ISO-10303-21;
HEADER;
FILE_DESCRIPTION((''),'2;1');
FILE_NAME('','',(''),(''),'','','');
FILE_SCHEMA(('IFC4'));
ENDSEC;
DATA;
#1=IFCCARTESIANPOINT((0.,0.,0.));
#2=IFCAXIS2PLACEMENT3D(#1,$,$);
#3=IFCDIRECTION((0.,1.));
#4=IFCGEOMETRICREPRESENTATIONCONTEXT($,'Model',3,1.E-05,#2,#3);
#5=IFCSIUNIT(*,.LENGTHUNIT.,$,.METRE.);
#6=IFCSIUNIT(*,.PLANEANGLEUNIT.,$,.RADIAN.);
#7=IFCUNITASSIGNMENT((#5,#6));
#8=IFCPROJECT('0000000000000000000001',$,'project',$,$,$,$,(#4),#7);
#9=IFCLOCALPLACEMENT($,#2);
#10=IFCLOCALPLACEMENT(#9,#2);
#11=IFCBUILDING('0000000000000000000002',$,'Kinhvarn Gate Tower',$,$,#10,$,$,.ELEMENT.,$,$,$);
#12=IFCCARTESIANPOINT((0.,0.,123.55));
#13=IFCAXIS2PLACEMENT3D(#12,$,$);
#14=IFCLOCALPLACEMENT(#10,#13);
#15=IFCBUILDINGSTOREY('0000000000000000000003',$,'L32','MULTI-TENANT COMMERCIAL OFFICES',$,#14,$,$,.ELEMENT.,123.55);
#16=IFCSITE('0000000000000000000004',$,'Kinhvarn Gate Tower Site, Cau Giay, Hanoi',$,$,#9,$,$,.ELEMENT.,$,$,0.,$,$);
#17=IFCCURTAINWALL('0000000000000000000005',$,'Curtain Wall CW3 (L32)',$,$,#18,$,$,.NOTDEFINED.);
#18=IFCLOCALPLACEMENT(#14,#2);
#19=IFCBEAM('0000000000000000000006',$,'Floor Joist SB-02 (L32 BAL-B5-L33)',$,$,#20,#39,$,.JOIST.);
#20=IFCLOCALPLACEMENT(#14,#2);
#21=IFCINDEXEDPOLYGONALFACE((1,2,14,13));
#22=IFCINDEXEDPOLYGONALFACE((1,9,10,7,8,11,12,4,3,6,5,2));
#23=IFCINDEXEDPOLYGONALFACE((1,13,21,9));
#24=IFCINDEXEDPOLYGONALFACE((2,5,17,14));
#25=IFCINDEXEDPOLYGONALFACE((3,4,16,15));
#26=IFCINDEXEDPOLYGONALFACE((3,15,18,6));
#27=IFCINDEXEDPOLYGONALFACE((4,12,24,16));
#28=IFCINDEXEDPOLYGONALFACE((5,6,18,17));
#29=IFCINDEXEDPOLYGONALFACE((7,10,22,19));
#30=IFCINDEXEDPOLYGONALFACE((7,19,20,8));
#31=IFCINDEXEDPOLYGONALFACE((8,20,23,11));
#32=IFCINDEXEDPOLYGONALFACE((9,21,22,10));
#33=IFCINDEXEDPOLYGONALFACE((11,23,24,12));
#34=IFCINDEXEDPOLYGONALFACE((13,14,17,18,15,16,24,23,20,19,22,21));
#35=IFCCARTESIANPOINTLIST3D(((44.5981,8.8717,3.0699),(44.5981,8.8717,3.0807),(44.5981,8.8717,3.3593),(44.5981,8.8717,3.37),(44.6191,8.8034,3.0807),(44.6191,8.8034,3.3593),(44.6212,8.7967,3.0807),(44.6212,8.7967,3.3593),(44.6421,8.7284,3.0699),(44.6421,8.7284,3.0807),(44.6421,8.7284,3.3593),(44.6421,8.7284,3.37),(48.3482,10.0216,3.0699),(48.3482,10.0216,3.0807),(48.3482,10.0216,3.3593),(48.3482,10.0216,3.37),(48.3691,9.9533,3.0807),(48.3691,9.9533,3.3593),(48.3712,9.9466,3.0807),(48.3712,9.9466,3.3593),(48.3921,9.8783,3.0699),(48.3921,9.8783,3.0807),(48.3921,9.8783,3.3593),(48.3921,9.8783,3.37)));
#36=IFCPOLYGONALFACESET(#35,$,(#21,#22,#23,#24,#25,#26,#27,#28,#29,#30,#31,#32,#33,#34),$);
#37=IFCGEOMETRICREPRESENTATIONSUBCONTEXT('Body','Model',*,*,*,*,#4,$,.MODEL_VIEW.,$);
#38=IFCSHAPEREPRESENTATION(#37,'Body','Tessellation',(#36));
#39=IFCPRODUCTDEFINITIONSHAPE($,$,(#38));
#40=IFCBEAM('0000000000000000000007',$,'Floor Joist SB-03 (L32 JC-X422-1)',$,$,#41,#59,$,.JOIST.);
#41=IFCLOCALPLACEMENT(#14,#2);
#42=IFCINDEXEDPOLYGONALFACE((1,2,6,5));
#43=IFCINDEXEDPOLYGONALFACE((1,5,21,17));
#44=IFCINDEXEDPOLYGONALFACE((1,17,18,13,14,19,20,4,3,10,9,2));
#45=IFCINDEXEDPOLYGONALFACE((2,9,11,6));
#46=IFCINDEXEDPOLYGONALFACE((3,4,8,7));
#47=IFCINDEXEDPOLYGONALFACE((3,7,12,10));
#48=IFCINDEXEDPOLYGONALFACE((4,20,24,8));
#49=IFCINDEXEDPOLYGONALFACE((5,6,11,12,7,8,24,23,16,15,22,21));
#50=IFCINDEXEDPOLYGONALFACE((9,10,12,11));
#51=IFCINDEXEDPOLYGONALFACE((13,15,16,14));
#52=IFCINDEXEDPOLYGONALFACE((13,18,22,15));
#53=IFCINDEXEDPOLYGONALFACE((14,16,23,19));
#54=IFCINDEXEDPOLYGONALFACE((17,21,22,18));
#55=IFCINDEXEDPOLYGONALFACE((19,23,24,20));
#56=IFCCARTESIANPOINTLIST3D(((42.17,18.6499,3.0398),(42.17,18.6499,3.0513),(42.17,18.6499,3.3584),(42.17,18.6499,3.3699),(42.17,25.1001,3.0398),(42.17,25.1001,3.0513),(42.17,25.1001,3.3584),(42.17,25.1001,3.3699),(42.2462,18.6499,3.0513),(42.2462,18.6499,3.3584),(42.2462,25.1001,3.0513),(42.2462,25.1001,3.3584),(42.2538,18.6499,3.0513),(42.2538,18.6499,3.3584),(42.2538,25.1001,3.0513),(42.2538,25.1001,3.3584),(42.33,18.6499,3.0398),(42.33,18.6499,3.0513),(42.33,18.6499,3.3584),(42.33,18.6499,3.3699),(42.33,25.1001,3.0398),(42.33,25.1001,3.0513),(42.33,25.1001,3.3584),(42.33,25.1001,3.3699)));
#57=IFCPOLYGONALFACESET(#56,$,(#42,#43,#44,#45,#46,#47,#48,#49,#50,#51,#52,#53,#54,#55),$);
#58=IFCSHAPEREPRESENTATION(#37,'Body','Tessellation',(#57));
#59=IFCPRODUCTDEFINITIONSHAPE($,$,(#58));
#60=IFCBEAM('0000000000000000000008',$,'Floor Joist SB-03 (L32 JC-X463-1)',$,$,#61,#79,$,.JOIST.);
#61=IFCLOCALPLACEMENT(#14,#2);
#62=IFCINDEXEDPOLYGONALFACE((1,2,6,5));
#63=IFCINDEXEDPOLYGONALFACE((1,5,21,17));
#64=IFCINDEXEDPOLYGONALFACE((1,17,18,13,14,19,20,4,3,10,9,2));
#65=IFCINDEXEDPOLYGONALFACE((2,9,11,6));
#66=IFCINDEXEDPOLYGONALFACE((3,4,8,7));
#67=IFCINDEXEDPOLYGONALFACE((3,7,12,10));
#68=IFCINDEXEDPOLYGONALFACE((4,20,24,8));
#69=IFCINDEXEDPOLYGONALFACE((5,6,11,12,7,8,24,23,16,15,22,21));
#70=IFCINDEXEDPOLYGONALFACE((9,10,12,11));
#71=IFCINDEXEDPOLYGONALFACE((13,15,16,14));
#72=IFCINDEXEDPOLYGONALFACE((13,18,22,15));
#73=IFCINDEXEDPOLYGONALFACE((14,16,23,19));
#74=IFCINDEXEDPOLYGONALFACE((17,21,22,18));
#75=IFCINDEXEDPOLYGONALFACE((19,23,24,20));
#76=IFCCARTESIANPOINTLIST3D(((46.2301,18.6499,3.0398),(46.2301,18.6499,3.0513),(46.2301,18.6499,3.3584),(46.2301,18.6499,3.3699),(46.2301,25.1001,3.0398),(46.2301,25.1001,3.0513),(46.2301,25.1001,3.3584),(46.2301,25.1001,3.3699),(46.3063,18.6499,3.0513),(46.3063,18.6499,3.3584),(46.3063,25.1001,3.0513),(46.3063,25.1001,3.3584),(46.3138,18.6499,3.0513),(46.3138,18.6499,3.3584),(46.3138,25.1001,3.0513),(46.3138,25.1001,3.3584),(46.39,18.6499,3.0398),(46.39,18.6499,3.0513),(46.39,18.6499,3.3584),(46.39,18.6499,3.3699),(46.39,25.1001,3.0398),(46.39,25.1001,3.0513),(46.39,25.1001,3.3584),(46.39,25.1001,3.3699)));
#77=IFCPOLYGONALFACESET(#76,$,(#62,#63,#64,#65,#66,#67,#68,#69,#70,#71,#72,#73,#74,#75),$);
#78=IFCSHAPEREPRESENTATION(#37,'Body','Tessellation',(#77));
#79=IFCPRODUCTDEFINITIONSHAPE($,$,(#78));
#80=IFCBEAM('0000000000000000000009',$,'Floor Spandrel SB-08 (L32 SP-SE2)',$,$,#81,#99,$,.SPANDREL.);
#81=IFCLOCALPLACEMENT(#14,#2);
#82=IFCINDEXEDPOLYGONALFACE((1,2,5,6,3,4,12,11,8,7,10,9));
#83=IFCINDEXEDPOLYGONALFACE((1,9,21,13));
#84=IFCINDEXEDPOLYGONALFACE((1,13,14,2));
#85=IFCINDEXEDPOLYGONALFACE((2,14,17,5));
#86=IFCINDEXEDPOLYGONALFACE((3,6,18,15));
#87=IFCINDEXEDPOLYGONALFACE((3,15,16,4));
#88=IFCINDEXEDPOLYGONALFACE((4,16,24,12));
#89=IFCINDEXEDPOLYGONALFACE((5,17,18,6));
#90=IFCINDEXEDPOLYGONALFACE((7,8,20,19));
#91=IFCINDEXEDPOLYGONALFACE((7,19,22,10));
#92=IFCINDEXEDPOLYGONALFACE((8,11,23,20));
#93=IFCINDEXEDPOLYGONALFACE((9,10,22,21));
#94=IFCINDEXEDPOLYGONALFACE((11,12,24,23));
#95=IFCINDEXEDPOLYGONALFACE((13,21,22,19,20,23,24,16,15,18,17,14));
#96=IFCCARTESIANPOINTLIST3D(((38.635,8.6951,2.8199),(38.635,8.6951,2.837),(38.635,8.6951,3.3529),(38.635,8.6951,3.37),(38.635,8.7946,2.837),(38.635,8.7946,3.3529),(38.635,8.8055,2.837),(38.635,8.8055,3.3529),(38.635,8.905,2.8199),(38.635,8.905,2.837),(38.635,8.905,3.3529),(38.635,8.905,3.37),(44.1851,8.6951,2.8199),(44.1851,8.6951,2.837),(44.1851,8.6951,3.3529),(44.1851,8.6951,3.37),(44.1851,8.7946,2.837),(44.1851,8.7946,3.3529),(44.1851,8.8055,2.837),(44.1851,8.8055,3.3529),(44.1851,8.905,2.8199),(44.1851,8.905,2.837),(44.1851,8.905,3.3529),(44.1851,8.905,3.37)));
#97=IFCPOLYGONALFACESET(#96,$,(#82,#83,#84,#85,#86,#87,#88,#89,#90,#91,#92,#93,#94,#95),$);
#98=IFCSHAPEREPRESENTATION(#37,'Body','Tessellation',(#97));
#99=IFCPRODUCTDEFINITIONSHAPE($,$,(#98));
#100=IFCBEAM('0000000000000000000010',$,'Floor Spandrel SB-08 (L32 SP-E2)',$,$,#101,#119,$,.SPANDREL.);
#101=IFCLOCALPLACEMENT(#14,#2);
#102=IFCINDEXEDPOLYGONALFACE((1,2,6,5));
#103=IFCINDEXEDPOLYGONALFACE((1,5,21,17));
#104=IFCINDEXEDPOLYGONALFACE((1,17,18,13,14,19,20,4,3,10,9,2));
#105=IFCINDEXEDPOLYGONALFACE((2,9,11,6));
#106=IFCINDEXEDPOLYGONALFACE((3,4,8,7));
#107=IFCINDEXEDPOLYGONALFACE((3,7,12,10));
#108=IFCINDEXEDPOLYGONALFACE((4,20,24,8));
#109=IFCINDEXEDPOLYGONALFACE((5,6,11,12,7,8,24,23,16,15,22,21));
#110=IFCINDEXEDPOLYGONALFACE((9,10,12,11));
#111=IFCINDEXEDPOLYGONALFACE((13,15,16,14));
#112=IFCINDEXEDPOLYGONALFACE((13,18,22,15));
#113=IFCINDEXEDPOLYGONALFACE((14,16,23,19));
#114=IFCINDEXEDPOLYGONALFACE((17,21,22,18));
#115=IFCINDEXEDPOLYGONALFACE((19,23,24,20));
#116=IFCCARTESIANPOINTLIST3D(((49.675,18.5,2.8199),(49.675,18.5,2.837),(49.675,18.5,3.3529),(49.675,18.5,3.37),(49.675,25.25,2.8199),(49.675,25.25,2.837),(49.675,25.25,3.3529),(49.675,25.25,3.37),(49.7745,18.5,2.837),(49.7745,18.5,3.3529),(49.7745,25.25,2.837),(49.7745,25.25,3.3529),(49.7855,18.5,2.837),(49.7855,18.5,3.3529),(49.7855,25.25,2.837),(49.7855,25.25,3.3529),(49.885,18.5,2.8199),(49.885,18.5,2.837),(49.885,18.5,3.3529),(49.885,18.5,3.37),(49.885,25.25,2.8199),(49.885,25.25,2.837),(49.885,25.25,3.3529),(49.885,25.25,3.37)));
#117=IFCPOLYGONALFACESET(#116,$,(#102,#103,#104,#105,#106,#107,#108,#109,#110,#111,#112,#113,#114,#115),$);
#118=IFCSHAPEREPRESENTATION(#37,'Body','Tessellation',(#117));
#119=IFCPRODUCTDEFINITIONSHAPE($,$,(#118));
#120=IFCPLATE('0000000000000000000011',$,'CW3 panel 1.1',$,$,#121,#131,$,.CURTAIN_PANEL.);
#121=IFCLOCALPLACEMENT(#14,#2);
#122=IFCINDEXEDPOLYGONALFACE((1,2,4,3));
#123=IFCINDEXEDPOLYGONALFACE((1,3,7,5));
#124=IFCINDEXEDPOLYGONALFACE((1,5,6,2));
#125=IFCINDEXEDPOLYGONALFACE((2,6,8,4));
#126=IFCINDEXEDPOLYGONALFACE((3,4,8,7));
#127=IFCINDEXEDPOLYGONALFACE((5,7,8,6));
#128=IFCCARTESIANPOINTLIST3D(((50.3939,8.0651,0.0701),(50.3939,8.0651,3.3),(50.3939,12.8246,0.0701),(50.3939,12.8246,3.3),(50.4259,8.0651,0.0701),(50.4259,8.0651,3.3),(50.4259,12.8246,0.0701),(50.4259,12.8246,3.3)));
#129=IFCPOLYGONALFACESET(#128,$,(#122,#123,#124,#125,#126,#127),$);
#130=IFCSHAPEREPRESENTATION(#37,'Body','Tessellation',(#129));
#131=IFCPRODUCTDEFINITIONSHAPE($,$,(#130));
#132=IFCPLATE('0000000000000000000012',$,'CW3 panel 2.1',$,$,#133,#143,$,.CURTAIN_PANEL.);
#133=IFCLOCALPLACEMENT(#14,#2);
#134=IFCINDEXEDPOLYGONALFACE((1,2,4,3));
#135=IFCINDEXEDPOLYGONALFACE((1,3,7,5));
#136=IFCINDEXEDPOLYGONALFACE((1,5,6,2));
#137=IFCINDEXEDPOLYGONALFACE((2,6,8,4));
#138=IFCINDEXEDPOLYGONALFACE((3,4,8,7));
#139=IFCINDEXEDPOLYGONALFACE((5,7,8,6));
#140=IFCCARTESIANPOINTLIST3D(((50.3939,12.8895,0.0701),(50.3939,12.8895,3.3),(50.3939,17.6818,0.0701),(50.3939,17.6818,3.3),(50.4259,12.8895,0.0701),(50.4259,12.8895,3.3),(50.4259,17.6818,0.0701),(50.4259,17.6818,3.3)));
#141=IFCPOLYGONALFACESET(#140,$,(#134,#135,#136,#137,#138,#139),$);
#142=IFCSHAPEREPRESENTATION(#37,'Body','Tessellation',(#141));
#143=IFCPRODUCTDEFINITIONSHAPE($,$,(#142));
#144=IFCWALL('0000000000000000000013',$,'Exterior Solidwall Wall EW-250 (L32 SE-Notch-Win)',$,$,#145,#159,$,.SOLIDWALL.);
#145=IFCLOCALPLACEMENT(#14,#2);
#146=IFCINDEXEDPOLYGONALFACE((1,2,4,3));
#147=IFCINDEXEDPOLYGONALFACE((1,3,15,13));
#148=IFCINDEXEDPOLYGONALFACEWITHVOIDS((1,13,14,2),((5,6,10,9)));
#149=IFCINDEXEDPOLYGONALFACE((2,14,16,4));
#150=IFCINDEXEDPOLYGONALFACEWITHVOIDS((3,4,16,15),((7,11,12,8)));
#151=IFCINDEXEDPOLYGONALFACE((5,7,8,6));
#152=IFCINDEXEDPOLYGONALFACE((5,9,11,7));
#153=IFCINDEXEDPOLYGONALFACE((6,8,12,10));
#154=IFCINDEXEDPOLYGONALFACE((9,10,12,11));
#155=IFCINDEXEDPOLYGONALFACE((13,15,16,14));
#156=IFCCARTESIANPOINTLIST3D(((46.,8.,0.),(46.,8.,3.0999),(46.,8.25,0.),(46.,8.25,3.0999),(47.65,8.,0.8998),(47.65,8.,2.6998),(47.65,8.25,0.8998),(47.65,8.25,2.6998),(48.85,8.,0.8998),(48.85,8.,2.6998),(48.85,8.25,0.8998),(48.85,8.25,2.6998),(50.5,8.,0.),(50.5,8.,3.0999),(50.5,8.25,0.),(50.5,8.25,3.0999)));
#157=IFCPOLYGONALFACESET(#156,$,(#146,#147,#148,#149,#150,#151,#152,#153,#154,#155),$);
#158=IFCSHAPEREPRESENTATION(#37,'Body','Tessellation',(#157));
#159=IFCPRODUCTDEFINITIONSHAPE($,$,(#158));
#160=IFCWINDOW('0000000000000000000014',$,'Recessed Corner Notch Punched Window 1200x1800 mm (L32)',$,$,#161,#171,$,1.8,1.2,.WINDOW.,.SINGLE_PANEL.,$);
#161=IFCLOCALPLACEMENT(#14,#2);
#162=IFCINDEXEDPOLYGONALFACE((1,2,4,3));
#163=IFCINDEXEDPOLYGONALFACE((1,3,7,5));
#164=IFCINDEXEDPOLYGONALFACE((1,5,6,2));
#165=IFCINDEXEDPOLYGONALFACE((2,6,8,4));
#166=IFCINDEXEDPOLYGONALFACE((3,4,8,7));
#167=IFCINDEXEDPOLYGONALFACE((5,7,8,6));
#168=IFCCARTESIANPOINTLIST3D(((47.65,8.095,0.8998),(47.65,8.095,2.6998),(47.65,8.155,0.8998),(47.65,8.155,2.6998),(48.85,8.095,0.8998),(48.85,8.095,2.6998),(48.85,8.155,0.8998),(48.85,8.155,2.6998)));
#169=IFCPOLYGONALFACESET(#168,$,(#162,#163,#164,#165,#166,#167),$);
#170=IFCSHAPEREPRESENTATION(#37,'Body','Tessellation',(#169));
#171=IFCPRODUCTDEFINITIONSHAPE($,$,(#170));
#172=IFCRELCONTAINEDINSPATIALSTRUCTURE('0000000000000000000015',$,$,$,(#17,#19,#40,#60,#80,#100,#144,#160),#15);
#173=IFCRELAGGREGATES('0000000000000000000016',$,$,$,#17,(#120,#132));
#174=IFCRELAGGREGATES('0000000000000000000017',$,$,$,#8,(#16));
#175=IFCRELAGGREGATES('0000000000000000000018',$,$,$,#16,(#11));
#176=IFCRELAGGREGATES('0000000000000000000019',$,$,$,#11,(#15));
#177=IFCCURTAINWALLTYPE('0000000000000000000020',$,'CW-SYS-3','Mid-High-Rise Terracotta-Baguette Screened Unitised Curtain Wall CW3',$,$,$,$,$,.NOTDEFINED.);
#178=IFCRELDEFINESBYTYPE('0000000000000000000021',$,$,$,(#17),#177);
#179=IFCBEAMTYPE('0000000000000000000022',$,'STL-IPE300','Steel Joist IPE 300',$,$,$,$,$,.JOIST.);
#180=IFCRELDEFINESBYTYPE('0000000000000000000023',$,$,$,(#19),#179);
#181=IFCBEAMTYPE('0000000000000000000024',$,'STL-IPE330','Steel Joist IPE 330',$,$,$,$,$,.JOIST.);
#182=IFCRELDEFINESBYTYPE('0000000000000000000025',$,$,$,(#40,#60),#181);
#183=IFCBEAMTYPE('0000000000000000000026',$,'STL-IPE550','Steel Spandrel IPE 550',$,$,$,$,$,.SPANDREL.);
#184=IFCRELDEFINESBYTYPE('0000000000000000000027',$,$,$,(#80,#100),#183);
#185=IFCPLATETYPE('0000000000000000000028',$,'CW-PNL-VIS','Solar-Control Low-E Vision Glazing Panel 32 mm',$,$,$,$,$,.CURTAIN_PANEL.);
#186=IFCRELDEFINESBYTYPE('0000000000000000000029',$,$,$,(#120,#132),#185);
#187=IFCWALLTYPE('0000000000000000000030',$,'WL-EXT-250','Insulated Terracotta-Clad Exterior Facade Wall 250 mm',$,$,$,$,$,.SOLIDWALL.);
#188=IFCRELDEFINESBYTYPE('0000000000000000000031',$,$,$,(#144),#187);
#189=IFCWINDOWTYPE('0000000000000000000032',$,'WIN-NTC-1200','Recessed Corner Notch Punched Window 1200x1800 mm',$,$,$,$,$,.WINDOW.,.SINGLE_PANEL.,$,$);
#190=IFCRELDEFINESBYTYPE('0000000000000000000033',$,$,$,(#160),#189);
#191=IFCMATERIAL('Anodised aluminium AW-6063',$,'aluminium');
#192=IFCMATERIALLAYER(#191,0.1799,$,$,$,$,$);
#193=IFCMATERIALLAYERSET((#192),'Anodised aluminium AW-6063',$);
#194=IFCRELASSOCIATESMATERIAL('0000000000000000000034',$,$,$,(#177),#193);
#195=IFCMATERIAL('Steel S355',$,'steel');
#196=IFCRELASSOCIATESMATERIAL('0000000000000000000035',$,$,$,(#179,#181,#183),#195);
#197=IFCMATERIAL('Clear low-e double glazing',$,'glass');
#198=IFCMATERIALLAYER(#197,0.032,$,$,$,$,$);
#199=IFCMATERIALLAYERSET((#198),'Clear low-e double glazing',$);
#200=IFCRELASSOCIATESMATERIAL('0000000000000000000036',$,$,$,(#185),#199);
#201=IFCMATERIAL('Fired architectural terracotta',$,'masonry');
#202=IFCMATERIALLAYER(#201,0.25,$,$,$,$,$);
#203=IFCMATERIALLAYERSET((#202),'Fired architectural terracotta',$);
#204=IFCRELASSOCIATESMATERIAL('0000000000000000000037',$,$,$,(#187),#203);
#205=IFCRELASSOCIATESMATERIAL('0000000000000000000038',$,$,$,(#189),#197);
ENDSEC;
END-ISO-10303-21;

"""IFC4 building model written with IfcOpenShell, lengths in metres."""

from ifc_helpers import new_model, si_unit, direction, frame, frame_2d, origin, origin_2d, place, context, subcontext, project, spatial, rectangle, i_section, extrude, material, layer, layer_set, material_profile, profile_set, type_object, element, fill, aggregate, save


model = new_model("IFC4")

# Units and contexts
model_context = context("Model", 3, precision=1e-05, world=origin(), true_north=direction((0.0, 1.0)))
body_context = subcontext(model_context, "Body", "Model", "MODEL_VIEW")
ifc_project = project(units=[si_unit("LENGTHUNIT", "METRE"), si_unit("PLANEANGLEUNIT", "RADIAN")], contexts=[model_context])

# Site, building, storey
site_placement = place(None, origin())
site = spatial("IfcSite", under=ifc_project, at=site_placement, Name="Kinhvarn Gate Tower Site, Cau Giay, Hanoi", CompositionType="ELEMENT", RefElevation=0.0)
building_placement = place(site_placement, origin())
building = spatial("IfcBuilding", under=site, at=building_placement, Name="Kinhvarn Gate Tower", CompositionType="ELEMENT")
storey_placement = place(building_placement, frame((0.0, 0.0, 123.55)))
storey = spatial("IfcBuildingStorey", under=building, at=storey_placement, Name="L32", Description="MULTI-TENANT COMMERCIAL OFFICES", CompositionType="ELEMENT", Elevation=123.55)

# Curtain wall
ifc_material_1 = material(Name="Anodised aluminium AW-6063", Category="aluminium")
ifc_layer_1 = layer(ifc_material_1, 0.1799)
ifc_layer_set_1 = layer_set([ifc_layer_1], Name="Anodised aluminium AW-6063")
curtain_wall_type = type_object("IfcCurtainWallType", Name="CW-SYS-3", Description="Mid-High-Rise Terracotta-Baguette Screened Unitised Curtain Wall CW3", PredefinedType="NOTDEFINED", material=ifc_layer_set_1)
curtain_wall_placement = place(storey_placement, origin())
curtain_wall = element("IfcCurtainWall", 1, at=curtain_wall_placement, inside=storey, type_object=curtain_wall_type, Name="Curtain Wall CW3 (L32)", PredefinedType="NOTDEFINED")

# Beams
ifc_material_2 = material(Name="Steel S355", Category="steel")
ifc_material_profile_1 = material_profile(ifc_material_2, i_section(OverallWidth=0.1499, OverallDepth=0.3, WebThickness=0.0071, FlangeThickness=0.0107, at=origin_2d()), Name="IPE 300")
ifc_profile_set_1 = profile_set([ifc_material_profile_1], Name="Steel S355")
beam_type_1 = type_object("IfcBeamType", Name="STL-IPE300", Description="Steel Joist IPE 300", PredefinedType="JOIST", material=ifc_profile_set_1)
beam_1_placement = place(storey_placement, frame((44.6201, 8.8, 3.22), z_axis=(0.956061, 0.293167, 0.0), x_axis=(-0.293167, 0.956061, 0.0)))
element("IfcBeam", 2, at=beam_1_placement, inside=storey, type_object=beam_type_1, Name="Floor Joist SB-02 (L32 BAL-B5-L33)", PredefinedType="JOIST", context=body_context, shape_type="SweptSolid", body=[
    extrude(i_section(OverallWidth=0.1499, OverallDepth=0.3, WebThickness=0.0071, FlangeThickness=0.0107, at=origin_2d()), origin(), (0.0, 0.0, 1.0), 3.9224),
])
ifc_material_profile_2 = material_profile(ifc_material_2, i_section(OverallWidth=0.1599, OverallDepth=0.3301, WebThickness=0.0076, FlangeThickness=0.0115, at=origin_2d()), Name="IPE 330")
ifc_profile_set_2 = profile_set([ifc_material_profile_2], Name="Steel S355")
beam_type_2 = type_object("IfcBeamType", Name="STL-IPE330", Description="Steel Joist IPE 330", PredefinedType="JOIST", material=ifc_profile_set_2)
for number, where, z_axis, x_axis, name in (
    (3, (42.25, 18.6499, 3.2048), (0.0, 1.0, 0.0), (-1.0, 0.0, 0.0), "Floor Joist SB-03 (L32 JC-X422-1)"),
    (4, (46.3101, 18.6499, 3.2048), (0.0, 1.0, 0.0), (-1.0, 0.0, 0.0), "Floor Joist SB-03 (L32 JC-X463-1)"),
):
    element("IfcBeam", number, at=place(storey_placement, frame(where, z_axis=z_axis, x_axis=x_axis)), inside=storey, type_object=beam_type_2, Name=name, PredefinedType="JOIST", context=body_context, shape_type="SweptSolid", body=[
        extrude(i_section(OverallWidth=0.1599, OverallDepth=0.3301, WebThickness=0.0076, FlangeThickness=0.0115, at=origin_2d()), origin(), (0.0, 0.0, 1.0), 6.4502),
    ])
ifc_material_profile_3 = material_profile(ifc_material_2, i_section(OverallWidth=0.21, OverallDepth=0.55, WebThickness=0.011, FlangeThickness=0.0171, at=origin_2d()), Name="IPE 550")
ifc_profile_set_3 = profile_set([ifc_material_profile_3], Name="Steel S355")
beam_type_3 = type_object("IfcBeamType", Name="STL-IPE550", Description="Steel Spandrel IPE 550", PredefinedType="SPANDREL", material=ifc_profile_set_3)
beam_2_placement = place(storey_placement, frame((38.635, 8.8, 3.095), z_axis=(1.0, 0.0, 0.0), x_axis=(0.0, 1.0, 0.0)))
element("IfcBeam", 5, at=beam_2_placement, inside=storey, type_object=beam_type_3, Name="Floor Spandrel SB-08 (L32 SP-SE2)", PredefinedType="SPANDREL", context=body_context, shape_type="SweptSolid", body=[
    extrude(i_section(OverallWidth=0.21, OverallDepth=0.55, WebThickness=0.011, FlangeThickness=0.0171, at=origin_2d()), origin(), (0.0, 0.0, 1.0), 5.55),
])
beam_3_placement = place(storey_placement, frame((49.78, 18.5, 3.095), z_axis=(0.0, 1.0, 0.0), x_axis=(-1.0, 0.0, 0.0)))
element("IfcBeam", 6, at=beam_3_placement, inside=storey, type_object=beam_type_3, Name="Floor Spandrel SB-08 (L32 SP-E2)", PredefinedType="SPANDREL", context=body_context, shape_type="SweptSolid", body=[
    extrude(i_section(OverallWidth=0.21, OverallDepth=0.55, WebThickness=0.011, FlangeThickness=0.0171, at=origin_2d()), origin(), (0.0, 0.0, 1.0), 6.75),
])

# Plates
ifc_material_3 = material(Name="Clear low-e double glazing", Category="glass")
ifc_layer_2 = layer(ifc_material_3, 0.032)
ifc_layer_set_2 = layer_set([ifc_layer_2], Name="Clear low-e double glazing")
plate_type = type_object("IfcPlateType", Name="CW-PNL-VIS", Description="Solar-Control Low-E Vision Glazing Panel 32 mm", PredefinedType="CURTAIN_PANEL", material=ifc_layer_set_2)
plate_1_placement = place(storey_placement, frame((50.4099, 10.4448, 0.0701), z_axis=(0.0, 0.0, 1.0), x_axis=(0.0, 1.0, 0.0)))
plate_1 = element("IfcPlate", 7, at=plate_1_placement, type_object=plate_type, Name="CW3 panel 1.1", PredefinedType="CURTAIN_PANEL", context=body_context, shape_type="SweptSolid", body=[
    extrude(rectangle(XDim=4.7595, YDim=0.032, at=origin_2d()), origin(), (0.0, 0.0, 1.0), 3.23),
])
plate_2_placement = place(storey_placement, frame((50.4099, 15.2856, 0.0701), z_axis=(0.0, 0.0, 1.0), x_axis=(0.0, 1.0, 0.0)))
plate_2 = element("IfcPlate", 8, at=plate_2_placement, type_object=plate_type, Name="CW3 panel 2.1", PredefinedType="CURTAIN_PANEL", context=body_context, shape_type="SweptSolid", body=[
    extrude(rectangle(XDim=4.7922, YDim=0.032, at=origin_2d()), origin(), (0.0, 0.0, 1.0), 3.23),
])
aggregate(curtain_wall, [plate_1, plate_2])

# Wall, opening, window
ifc_material_4 = material(Name="Fired architectural terracotta", Category="masonry")
ifc_layer_3 = layer(ifc_material_4, 0.25)
ifc_layer_set_3 = layer_set([ifc_layer_3], Name="Fired architectural terracotta")
wall_type = type_object("IfcWallType", Name="WL-EXT-250", Description="Insulated Terracotta-Clad Exterior Facade Wall 250 mm", PredefinedType="SOLIDWALL", material=ifc_layer_set_3)
wall_placement = place(storey_placement, frame((46.0, 8.125, 0.0), z_axis=(0.0, 0.0, 1.0), x_axis=(1.0, 0.0, 0.0)))
wall = element("IfcWall", 9, at=wall_placement, inside=storey, type_object=wall_type, Name="Exterior Solidwall Wall EW-250 (L32 SE-Notch-Win)", PredefinedType="SOLIDWALL", context=body_context, shape_type="SweptSolid", body=[
    extrude(rectangle(XDim=4.5, YDim=0.25, at=frame_2d((2.25, 0.0))), origin(), (0.0, 0.0, 1.0), 3.0999),
])
opening_placement = place(wall_placement, frame((1.6499, 0.0, 0.8999)))
opening = element("IfcOpeningElement", 10, at=opening_placement, cuts=wall, PredefinedType="OPENING", context=body_context, shape_type="SweptSolid", body=[
    extrude(rectangle(XDim=1.2, YDim=1.8, at=frame_2d((0.6001, 0.8999))), frame((0.0, 0.135, 0.0), z_axis=(0.0, -1.0, 0.0), x_axis=(1.0, 0.0, 0.0)), (0.0, 0.0, 1.0), 0.27),
])
window_type = type_object("IfcWindowType", Name="WIN-NTC-1200", Description="Recessed Corner Notch Punched Window 1200x1800 mm", PartitioningType="SINGLE_PANEL", PredefinedType="WINDOW", material=ifc_material_3)
window_placement = place(opening_placement, origin())
window = element("IfcWindow", 11, at=window_placement, inside=storey, type_object=window_type, Name="Recessed Corner Notch Punched Window 1200x1800 mm (L32)", OverallHeight=1.8, OverallWidth=1.2, PartitioningType="SINGLE_PANEL", PredefinedType="WINDOW", context=body_context, shape_type="SweptSolid", body=[
    extrude(rectangle(XDim=1.2, YDim=1.8, at=frame_2d((0.6001, 0.8999))), frame((0.0, 0.03, 0.0), z_axis=(0.0, -1.0, 0.0), x_axis=(1.0, 0.0, 0.0)), (0.0, 0.0, 1.0), 0.0601),
])
fill(opening, window)

save(model, "model.ifc")
